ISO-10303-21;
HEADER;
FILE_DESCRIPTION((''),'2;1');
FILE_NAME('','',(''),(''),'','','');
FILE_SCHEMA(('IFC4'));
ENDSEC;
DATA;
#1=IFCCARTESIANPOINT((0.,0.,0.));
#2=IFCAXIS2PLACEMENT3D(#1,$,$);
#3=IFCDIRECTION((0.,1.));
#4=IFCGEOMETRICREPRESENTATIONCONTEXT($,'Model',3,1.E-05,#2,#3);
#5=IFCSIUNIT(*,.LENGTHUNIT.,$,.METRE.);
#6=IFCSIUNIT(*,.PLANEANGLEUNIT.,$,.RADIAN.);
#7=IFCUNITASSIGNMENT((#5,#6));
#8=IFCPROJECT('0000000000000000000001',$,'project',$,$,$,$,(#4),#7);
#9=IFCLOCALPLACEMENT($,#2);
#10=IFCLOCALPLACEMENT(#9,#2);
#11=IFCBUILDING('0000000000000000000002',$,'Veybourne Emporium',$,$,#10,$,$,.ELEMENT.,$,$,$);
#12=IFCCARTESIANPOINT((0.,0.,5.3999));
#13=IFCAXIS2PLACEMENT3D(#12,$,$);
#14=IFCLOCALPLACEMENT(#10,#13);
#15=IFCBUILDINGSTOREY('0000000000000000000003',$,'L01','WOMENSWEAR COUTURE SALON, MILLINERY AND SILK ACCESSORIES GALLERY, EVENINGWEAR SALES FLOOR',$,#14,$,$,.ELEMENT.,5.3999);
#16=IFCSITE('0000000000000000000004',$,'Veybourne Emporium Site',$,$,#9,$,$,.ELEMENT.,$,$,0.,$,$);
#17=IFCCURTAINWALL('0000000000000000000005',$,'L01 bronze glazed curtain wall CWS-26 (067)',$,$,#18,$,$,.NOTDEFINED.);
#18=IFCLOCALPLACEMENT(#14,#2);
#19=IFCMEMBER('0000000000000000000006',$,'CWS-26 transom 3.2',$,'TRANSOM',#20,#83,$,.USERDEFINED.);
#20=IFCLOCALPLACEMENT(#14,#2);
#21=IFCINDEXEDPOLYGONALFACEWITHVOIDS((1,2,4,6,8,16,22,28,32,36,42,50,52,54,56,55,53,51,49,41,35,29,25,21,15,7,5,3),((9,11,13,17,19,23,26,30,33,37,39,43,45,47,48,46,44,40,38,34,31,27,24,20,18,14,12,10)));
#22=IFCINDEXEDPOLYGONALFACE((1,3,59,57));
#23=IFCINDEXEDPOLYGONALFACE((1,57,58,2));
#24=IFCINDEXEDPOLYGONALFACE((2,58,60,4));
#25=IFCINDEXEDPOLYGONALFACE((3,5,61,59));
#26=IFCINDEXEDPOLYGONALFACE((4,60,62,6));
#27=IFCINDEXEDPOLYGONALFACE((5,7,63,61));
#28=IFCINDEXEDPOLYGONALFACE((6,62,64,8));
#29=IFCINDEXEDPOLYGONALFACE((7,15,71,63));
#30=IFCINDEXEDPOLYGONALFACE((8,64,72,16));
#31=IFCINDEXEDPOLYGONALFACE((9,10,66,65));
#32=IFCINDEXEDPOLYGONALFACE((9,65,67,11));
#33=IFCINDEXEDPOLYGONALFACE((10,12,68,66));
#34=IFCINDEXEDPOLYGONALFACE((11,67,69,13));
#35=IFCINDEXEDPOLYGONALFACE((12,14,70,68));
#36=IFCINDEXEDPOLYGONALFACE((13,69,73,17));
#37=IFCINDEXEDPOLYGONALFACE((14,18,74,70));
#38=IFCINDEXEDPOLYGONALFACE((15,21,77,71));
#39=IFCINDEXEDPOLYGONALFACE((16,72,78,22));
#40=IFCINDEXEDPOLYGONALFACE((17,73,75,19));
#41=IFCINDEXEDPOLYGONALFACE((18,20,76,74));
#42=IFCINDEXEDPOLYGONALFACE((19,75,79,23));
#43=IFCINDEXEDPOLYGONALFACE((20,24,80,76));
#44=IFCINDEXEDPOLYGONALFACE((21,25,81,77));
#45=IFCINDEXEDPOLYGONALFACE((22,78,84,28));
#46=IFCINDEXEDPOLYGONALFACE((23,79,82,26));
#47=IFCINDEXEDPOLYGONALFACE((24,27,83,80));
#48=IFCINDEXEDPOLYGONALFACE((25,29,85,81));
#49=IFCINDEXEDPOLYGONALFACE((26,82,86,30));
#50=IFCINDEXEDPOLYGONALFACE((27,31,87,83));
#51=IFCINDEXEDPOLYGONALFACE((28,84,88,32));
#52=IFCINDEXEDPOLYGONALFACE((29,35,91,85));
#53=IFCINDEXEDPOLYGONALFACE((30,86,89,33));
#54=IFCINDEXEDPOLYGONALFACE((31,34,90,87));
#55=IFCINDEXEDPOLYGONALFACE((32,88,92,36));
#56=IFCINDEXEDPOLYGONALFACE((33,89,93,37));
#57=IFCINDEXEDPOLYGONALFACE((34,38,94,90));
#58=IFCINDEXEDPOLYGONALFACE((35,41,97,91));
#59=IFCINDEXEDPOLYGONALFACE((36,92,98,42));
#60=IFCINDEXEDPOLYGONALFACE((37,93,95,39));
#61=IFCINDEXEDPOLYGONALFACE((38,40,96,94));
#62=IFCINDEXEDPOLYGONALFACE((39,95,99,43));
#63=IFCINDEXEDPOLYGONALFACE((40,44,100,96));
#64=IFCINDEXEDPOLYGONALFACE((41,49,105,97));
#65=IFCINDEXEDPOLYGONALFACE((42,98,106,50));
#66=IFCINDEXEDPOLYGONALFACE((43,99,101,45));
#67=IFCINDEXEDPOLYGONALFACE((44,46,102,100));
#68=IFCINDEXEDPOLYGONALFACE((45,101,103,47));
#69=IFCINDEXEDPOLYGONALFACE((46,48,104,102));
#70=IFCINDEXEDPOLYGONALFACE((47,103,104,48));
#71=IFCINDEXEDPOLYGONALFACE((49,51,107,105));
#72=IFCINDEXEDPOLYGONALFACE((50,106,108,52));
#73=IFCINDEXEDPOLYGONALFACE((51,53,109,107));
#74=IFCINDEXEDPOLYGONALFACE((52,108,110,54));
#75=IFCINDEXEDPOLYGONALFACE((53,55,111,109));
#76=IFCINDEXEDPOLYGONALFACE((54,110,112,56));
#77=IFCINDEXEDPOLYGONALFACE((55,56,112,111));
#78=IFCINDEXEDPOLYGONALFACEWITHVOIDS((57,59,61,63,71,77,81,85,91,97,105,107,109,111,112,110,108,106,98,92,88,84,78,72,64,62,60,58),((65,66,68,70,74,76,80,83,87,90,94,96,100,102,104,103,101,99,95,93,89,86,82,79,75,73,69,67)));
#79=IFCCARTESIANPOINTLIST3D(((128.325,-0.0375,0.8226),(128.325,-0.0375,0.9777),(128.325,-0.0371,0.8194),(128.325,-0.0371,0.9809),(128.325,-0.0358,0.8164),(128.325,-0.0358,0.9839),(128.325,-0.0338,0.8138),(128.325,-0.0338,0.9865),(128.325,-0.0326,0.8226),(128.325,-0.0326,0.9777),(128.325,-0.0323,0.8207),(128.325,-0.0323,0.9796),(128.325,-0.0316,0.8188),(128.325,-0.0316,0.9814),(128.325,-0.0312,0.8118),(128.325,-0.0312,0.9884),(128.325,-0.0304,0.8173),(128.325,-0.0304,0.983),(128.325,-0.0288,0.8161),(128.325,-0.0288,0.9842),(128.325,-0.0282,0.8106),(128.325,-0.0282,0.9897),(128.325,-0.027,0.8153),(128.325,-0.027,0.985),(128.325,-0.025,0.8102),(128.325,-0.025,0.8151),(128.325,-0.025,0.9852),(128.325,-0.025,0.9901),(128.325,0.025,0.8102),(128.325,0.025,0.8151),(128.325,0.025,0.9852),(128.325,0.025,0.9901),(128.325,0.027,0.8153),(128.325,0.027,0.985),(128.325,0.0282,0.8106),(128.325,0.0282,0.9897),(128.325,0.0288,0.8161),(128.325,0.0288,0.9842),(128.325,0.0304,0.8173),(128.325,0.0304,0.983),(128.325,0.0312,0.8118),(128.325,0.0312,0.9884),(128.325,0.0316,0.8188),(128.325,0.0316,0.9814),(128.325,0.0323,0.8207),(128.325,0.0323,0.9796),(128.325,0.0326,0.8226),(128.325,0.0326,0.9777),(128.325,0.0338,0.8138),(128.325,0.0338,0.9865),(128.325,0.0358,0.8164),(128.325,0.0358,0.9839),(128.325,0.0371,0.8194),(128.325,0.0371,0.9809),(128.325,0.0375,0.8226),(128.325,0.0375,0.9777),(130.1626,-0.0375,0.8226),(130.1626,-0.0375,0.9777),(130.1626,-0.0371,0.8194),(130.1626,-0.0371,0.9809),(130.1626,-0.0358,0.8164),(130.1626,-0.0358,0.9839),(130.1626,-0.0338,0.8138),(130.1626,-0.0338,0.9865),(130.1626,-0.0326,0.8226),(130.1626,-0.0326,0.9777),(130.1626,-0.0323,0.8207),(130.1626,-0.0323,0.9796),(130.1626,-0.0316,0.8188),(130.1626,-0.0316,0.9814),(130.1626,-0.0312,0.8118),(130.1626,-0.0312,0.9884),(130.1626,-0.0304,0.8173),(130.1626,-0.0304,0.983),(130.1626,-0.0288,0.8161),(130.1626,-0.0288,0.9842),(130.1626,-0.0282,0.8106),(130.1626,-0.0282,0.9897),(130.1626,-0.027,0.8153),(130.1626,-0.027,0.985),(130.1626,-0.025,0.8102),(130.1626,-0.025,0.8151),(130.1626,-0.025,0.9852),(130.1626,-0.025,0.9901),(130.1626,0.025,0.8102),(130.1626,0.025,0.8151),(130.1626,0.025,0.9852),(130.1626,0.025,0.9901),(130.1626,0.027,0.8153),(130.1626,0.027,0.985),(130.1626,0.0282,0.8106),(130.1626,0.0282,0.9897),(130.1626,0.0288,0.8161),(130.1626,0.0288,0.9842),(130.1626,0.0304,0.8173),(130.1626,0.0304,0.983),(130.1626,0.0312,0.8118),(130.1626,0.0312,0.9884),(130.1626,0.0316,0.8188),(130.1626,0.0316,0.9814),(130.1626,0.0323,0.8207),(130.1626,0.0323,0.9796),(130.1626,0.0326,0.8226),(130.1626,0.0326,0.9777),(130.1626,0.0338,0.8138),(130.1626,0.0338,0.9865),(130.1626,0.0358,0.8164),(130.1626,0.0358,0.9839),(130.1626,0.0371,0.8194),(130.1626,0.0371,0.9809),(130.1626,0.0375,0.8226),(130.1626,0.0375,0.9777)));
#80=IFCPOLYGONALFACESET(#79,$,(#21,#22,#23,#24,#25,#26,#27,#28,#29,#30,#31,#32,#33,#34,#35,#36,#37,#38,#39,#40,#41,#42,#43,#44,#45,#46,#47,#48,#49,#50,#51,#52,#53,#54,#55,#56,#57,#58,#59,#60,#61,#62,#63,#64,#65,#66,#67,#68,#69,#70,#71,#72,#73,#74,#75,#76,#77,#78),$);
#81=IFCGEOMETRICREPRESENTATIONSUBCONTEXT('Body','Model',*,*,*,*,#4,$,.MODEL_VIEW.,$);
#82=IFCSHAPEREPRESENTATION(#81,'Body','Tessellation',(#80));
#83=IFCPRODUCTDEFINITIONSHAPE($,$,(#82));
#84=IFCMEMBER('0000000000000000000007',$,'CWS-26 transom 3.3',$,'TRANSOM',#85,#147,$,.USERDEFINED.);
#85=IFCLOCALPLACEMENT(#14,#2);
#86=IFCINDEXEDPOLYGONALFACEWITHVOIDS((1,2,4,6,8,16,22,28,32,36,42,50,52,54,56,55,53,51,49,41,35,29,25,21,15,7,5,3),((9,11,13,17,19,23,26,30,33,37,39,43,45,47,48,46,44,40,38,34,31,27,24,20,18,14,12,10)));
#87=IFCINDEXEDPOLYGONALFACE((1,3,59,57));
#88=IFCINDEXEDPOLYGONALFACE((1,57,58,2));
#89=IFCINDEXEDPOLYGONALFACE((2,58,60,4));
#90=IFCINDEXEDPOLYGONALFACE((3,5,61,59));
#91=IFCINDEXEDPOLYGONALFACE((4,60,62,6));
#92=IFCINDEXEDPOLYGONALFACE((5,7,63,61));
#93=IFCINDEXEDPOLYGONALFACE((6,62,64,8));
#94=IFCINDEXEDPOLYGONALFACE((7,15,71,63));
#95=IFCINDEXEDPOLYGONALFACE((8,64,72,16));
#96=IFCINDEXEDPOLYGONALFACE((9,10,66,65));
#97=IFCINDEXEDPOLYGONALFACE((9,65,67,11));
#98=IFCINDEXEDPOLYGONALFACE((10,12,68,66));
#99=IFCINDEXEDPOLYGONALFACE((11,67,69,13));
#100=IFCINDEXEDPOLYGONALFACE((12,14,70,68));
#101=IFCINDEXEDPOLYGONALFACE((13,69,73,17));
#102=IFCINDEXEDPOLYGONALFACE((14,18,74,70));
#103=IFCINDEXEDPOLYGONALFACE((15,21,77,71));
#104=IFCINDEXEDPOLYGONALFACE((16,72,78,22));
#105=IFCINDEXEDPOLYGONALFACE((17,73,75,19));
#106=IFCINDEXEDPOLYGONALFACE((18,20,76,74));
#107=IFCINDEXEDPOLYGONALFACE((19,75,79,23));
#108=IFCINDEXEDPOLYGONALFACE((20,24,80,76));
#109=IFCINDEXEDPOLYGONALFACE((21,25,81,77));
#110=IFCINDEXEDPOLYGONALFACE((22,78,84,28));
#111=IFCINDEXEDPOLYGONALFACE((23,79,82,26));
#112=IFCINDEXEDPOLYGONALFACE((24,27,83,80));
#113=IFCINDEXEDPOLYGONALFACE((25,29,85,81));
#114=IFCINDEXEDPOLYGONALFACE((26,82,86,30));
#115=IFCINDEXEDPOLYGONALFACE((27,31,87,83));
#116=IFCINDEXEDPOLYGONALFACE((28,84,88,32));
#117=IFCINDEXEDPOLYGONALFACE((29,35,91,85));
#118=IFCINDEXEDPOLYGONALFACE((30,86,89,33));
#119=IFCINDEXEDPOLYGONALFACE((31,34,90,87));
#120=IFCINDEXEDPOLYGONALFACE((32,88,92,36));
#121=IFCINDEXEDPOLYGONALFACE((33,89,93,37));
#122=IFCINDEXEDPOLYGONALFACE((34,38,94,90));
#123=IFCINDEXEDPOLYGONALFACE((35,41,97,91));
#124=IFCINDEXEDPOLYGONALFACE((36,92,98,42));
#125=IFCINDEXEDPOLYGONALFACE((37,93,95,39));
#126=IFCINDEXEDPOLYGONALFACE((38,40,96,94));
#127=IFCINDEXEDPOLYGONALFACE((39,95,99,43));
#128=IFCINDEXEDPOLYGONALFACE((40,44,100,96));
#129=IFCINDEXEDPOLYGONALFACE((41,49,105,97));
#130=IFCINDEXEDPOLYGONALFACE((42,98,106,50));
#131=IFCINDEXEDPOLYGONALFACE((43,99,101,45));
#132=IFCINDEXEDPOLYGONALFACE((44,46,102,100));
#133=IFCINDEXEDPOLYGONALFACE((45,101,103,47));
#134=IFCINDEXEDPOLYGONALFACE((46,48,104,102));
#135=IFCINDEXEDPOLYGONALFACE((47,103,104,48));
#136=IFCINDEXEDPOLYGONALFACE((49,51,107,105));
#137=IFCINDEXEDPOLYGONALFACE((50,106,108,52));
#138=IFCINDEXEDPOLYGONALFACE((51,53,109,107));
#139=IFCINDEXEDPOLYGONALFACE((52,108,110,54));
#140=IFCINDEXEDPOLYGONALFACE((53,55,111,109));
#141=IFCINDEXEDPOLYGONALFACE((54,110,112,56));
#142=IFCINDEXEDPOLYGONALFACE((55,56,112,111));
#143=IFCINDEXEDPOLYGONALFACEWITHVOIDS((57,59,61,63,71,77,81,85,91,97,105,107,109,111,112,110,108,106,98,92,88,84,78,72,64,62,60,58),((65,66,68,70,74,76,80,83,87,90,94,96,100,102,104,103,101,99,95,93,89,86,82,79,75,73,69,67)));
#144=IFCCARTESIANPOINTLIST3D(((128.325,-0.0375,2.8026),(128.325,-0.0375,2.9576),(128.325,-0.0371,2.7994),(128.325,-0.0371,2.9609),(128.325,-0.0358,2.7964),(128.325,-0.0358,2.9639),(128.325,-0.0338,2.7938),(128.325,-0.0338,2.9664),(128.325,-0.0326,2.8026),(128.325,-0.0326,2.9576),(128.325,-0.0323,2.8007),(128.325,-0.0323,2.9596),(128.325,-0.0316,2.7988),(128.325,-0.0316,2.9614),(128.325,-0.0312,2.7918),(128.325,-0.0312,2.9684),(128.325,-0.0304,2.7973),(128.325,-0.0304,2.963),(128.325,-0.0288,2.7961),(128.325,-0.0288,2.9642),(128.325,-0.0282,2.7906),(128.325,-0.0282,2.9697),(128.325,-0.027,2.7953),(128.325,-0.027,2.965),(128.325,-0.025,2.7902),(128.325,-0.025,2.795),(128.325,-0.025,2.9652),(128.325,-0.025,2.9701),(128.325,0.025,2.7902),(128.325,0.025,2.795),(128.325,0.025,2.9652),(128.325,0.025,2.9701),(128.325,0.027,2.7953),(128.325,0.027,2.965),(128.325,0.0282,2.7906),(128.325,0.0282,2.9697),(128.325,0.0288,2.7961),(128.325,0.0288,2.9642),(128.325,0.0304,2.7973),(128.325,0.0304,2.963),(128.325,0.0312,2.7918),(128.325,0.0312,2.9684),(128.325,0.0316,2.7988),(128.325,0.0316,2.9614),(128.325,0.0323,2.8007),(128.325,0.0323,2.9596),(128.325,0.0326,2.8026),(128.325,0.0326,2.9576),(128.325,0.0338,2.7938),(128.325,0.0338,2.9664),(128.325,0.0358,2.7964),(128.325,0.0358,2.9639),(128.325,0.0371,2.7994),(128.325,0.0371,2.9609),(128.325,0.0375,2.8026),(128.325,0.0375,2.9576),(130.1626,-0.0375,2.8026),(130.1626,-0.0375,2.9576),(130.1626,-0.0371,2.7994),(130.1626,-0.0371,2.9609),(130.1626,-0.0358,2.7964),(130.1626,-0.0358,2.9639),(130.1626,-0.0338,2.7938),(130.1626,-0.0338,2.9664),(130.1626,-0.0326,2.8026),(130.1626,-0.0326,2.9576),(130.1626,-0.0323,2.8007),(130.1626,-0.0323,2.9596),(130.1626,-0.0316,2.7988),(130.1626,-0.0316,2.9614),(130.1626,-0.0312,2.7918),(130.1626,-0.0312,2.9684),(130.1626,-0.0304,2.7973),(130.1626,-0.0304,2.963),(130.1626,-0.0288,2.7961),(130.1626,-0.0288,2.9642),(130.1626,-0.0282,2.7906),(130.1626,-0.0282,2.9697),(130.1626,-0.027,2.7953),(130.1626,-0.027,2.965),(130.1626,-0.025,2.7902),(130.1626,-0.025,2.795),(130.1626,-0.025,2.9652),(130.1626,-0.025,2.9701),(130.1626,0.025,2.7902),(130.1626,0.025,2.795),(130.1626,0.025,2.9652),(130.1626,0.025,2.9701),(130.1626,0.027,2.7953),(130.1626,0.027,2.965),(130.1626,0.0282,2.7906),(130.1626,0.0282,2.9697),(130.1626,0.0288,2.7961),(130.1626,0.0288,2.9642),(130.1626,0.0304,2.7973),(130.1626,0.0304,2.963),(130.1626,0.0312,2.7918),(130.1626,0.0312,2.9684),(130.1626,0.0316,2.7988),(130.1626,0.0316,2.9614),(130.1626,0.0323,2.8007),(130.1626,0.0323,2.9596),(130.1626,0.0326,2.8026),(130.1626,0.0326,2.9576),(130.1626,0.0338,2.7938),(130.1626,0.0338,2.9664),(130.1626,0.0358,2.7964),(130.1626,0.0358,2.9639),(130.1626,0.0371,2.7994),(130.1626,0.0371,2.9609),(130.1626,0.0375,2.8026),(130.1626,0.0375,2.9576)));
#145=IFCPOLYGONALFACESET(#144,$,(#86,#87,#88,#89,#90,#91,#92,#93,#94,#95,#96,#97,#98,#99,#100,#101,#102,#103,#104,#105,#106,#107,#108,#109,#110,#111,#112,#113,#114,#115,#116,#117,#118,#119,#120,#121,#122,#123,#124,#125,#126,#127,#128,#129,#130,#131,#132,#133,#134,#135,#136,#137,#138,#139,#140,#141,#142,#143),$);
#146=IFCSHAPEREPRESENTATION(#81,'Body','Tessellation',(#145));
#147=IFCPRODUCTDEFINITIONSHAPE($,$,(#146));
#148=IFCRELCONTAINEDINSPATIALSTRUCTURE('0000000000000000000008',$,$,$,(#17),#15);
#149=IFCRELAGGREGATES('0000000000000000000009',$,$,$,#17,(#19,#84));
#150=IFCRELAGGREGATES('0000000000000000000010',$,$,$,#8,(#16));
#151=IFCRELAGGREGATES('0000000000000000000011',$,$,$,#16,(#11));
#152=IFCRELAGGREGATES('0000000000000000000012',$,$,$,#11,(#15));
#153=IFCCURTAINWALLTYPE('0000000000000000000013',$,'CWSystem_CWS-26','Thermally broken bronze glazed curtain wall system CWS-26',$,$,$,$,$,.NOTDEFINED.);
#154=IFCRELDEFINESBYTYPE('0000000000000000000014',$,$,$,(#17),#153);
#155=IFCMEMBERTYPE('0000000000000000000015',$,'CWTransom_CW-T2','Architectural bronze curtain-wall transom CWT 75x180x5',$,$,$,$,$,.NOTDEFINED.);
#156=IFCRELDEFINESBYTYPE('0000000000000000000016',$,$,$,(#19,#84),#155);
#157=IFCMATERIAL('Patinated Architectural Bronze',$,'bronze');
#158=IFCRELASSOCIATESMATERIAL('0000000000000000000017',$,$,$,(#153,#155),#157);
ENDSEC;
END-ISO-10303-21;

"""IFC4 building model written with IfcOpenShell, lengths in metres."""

from ifc_helpers import new_model, si_unit, direction, frame, origin, origin_2d, place, context, subcontext, project, spatial, hollow_rectangle, extrude, material, material_profile, profile_set, type_object, element, aggregate, save


model = new_model("IFC4")

# Units and contexts
model_context = context("Model", 3, precision=1e-05, world=origin(), true_north=direction((0.0, 1.0)))
body_context = subcontext(model_context, "Body", "Model", "MODEL_VIEW")
ifc_project = project(units=[si_unit("LENGTHUNIT", "METRE"), si_unit("PLANEANGLEUNIT", "RADIAN")], contexts=[model_context])

# Site, building, storey
site_placement = place(None, origin())
site = spatial("IfcSite", under=ifc_project, at=site_placement, Name="Veybourne Emporium Site", CompositionType="ELEMENT", RefElevation=0.0)
building_placement = place(site_placement, origin())
building = spatial("IfcBuilding", under=site, at=building_placement, Name="Veybourne Emporium", CompositionType="ELEMENT")
storey_placement = place(building_placement, frame((0.0, 0.0, 5.3999)))
storey = spatial("IfcBuildingStorey", under=building, at=storey_placement, Name="L01", Description="WOMENSWEAR COUTURE SALON, MILLINERY AND SILK ACCESSORIES GALLERY, EVENINGWEAR SALES FLOOR", CompositionType="ELEMENT", Elevation=5.3999)

# Curtain wall, members
ifc_material_1 = material(Name="Patinated Architectural Bronze", Category="bronze")
curtain_wall_type = type_object("IfcCurtainWallType", Name="CWSystem_CWS-26", Description="Thermally broken bronze glazed curtain wall system CWS-26", PredefinedType="NOTDEFINED", material=ifc_material_1)
curtain_wall_placement = place(storey_placement, origin())
curtain_wall = element("IfcCurtainWall", 1, at=curtain_wall_placement, inside=storey, type_object=curtain_wall_type, Name="L01 bronze glazed curtain wall CWS-26 (067)", PredefinedType="NOTDEFINED")
ifc_material_profile_1 = material_profile(ifc_material_1, hollow_rectangle(XDim=0.075, YDim=0.1799, WallThickness=0.0049, InnerFilletRadius=0.0076, OuterFilletRadius=0.0125, at=origin_2d()), Name="CWT 75x180x5")
ifc_profile_set_1 = profile_set([ifc_material_profile_1], Name="Patinated Architectural Bronze")
member_type_1 = type_object("IfcMemberType", Name="CWTransom_CW-T2", Description="Architectural bronze curtain-wall transom CWT 75x180x5", PredefinedType="NOTDEFINED", material=ifc_profile_set_1)
member_1_placement = place(storey_placement, frame((130.1626, 0.0, 0.9001), z_axis=(-1.0, 0.0, 0.0), x_axis=(0.0, -1.0, 0.0)))
member_1 = element("IfcMember", 2, at=member_1_placement, type_object=member_type_1, Name="CWS-26 transom 3.2", ObjectType="TRANSOM", PredefinedType="USERDEFINED", context=body_context, shape_type="SweptSolid", body=[
    extrude(hollow_rectangle(XDim=0.075, YDim=0.1799, WallThickness=0.0049, InnerFilletRadius=0.0076, OuterFilletRadius=0.0125, at=origin_2d()), origin(), (0.0, 0.0, 1.0), 1.8376),
])
member_2_placement = place(storey_placement, frame((130.1626, 0.0, 2.8801), z_axis=(-1.0, 0.0, 0.0), x_axis=(0.0, -1.0, 0.0)))
member_2 = element("IfcMember", 3, at=member_2_placement, type_object=member_type_1, Name="CWS-26 transom 3.3", ObjectType="TRANSOM", PredefinedType="USERDEFINED", context=body_context, shape_type="SweptSolid", body=[
    extrude(hollow_rectangle(XDim=0.075, YDim=0.1799, WallThickness=0.0049, InnerFilletRadius=0.0076, OuterFilletRadius=0.0125, at=origin_2d()), origin(), (0.0, 0.0, 1.0), 1.8376),
])

aggregate(curtain_wall, [member_1, member_2])

save(model, "model.ifc")
